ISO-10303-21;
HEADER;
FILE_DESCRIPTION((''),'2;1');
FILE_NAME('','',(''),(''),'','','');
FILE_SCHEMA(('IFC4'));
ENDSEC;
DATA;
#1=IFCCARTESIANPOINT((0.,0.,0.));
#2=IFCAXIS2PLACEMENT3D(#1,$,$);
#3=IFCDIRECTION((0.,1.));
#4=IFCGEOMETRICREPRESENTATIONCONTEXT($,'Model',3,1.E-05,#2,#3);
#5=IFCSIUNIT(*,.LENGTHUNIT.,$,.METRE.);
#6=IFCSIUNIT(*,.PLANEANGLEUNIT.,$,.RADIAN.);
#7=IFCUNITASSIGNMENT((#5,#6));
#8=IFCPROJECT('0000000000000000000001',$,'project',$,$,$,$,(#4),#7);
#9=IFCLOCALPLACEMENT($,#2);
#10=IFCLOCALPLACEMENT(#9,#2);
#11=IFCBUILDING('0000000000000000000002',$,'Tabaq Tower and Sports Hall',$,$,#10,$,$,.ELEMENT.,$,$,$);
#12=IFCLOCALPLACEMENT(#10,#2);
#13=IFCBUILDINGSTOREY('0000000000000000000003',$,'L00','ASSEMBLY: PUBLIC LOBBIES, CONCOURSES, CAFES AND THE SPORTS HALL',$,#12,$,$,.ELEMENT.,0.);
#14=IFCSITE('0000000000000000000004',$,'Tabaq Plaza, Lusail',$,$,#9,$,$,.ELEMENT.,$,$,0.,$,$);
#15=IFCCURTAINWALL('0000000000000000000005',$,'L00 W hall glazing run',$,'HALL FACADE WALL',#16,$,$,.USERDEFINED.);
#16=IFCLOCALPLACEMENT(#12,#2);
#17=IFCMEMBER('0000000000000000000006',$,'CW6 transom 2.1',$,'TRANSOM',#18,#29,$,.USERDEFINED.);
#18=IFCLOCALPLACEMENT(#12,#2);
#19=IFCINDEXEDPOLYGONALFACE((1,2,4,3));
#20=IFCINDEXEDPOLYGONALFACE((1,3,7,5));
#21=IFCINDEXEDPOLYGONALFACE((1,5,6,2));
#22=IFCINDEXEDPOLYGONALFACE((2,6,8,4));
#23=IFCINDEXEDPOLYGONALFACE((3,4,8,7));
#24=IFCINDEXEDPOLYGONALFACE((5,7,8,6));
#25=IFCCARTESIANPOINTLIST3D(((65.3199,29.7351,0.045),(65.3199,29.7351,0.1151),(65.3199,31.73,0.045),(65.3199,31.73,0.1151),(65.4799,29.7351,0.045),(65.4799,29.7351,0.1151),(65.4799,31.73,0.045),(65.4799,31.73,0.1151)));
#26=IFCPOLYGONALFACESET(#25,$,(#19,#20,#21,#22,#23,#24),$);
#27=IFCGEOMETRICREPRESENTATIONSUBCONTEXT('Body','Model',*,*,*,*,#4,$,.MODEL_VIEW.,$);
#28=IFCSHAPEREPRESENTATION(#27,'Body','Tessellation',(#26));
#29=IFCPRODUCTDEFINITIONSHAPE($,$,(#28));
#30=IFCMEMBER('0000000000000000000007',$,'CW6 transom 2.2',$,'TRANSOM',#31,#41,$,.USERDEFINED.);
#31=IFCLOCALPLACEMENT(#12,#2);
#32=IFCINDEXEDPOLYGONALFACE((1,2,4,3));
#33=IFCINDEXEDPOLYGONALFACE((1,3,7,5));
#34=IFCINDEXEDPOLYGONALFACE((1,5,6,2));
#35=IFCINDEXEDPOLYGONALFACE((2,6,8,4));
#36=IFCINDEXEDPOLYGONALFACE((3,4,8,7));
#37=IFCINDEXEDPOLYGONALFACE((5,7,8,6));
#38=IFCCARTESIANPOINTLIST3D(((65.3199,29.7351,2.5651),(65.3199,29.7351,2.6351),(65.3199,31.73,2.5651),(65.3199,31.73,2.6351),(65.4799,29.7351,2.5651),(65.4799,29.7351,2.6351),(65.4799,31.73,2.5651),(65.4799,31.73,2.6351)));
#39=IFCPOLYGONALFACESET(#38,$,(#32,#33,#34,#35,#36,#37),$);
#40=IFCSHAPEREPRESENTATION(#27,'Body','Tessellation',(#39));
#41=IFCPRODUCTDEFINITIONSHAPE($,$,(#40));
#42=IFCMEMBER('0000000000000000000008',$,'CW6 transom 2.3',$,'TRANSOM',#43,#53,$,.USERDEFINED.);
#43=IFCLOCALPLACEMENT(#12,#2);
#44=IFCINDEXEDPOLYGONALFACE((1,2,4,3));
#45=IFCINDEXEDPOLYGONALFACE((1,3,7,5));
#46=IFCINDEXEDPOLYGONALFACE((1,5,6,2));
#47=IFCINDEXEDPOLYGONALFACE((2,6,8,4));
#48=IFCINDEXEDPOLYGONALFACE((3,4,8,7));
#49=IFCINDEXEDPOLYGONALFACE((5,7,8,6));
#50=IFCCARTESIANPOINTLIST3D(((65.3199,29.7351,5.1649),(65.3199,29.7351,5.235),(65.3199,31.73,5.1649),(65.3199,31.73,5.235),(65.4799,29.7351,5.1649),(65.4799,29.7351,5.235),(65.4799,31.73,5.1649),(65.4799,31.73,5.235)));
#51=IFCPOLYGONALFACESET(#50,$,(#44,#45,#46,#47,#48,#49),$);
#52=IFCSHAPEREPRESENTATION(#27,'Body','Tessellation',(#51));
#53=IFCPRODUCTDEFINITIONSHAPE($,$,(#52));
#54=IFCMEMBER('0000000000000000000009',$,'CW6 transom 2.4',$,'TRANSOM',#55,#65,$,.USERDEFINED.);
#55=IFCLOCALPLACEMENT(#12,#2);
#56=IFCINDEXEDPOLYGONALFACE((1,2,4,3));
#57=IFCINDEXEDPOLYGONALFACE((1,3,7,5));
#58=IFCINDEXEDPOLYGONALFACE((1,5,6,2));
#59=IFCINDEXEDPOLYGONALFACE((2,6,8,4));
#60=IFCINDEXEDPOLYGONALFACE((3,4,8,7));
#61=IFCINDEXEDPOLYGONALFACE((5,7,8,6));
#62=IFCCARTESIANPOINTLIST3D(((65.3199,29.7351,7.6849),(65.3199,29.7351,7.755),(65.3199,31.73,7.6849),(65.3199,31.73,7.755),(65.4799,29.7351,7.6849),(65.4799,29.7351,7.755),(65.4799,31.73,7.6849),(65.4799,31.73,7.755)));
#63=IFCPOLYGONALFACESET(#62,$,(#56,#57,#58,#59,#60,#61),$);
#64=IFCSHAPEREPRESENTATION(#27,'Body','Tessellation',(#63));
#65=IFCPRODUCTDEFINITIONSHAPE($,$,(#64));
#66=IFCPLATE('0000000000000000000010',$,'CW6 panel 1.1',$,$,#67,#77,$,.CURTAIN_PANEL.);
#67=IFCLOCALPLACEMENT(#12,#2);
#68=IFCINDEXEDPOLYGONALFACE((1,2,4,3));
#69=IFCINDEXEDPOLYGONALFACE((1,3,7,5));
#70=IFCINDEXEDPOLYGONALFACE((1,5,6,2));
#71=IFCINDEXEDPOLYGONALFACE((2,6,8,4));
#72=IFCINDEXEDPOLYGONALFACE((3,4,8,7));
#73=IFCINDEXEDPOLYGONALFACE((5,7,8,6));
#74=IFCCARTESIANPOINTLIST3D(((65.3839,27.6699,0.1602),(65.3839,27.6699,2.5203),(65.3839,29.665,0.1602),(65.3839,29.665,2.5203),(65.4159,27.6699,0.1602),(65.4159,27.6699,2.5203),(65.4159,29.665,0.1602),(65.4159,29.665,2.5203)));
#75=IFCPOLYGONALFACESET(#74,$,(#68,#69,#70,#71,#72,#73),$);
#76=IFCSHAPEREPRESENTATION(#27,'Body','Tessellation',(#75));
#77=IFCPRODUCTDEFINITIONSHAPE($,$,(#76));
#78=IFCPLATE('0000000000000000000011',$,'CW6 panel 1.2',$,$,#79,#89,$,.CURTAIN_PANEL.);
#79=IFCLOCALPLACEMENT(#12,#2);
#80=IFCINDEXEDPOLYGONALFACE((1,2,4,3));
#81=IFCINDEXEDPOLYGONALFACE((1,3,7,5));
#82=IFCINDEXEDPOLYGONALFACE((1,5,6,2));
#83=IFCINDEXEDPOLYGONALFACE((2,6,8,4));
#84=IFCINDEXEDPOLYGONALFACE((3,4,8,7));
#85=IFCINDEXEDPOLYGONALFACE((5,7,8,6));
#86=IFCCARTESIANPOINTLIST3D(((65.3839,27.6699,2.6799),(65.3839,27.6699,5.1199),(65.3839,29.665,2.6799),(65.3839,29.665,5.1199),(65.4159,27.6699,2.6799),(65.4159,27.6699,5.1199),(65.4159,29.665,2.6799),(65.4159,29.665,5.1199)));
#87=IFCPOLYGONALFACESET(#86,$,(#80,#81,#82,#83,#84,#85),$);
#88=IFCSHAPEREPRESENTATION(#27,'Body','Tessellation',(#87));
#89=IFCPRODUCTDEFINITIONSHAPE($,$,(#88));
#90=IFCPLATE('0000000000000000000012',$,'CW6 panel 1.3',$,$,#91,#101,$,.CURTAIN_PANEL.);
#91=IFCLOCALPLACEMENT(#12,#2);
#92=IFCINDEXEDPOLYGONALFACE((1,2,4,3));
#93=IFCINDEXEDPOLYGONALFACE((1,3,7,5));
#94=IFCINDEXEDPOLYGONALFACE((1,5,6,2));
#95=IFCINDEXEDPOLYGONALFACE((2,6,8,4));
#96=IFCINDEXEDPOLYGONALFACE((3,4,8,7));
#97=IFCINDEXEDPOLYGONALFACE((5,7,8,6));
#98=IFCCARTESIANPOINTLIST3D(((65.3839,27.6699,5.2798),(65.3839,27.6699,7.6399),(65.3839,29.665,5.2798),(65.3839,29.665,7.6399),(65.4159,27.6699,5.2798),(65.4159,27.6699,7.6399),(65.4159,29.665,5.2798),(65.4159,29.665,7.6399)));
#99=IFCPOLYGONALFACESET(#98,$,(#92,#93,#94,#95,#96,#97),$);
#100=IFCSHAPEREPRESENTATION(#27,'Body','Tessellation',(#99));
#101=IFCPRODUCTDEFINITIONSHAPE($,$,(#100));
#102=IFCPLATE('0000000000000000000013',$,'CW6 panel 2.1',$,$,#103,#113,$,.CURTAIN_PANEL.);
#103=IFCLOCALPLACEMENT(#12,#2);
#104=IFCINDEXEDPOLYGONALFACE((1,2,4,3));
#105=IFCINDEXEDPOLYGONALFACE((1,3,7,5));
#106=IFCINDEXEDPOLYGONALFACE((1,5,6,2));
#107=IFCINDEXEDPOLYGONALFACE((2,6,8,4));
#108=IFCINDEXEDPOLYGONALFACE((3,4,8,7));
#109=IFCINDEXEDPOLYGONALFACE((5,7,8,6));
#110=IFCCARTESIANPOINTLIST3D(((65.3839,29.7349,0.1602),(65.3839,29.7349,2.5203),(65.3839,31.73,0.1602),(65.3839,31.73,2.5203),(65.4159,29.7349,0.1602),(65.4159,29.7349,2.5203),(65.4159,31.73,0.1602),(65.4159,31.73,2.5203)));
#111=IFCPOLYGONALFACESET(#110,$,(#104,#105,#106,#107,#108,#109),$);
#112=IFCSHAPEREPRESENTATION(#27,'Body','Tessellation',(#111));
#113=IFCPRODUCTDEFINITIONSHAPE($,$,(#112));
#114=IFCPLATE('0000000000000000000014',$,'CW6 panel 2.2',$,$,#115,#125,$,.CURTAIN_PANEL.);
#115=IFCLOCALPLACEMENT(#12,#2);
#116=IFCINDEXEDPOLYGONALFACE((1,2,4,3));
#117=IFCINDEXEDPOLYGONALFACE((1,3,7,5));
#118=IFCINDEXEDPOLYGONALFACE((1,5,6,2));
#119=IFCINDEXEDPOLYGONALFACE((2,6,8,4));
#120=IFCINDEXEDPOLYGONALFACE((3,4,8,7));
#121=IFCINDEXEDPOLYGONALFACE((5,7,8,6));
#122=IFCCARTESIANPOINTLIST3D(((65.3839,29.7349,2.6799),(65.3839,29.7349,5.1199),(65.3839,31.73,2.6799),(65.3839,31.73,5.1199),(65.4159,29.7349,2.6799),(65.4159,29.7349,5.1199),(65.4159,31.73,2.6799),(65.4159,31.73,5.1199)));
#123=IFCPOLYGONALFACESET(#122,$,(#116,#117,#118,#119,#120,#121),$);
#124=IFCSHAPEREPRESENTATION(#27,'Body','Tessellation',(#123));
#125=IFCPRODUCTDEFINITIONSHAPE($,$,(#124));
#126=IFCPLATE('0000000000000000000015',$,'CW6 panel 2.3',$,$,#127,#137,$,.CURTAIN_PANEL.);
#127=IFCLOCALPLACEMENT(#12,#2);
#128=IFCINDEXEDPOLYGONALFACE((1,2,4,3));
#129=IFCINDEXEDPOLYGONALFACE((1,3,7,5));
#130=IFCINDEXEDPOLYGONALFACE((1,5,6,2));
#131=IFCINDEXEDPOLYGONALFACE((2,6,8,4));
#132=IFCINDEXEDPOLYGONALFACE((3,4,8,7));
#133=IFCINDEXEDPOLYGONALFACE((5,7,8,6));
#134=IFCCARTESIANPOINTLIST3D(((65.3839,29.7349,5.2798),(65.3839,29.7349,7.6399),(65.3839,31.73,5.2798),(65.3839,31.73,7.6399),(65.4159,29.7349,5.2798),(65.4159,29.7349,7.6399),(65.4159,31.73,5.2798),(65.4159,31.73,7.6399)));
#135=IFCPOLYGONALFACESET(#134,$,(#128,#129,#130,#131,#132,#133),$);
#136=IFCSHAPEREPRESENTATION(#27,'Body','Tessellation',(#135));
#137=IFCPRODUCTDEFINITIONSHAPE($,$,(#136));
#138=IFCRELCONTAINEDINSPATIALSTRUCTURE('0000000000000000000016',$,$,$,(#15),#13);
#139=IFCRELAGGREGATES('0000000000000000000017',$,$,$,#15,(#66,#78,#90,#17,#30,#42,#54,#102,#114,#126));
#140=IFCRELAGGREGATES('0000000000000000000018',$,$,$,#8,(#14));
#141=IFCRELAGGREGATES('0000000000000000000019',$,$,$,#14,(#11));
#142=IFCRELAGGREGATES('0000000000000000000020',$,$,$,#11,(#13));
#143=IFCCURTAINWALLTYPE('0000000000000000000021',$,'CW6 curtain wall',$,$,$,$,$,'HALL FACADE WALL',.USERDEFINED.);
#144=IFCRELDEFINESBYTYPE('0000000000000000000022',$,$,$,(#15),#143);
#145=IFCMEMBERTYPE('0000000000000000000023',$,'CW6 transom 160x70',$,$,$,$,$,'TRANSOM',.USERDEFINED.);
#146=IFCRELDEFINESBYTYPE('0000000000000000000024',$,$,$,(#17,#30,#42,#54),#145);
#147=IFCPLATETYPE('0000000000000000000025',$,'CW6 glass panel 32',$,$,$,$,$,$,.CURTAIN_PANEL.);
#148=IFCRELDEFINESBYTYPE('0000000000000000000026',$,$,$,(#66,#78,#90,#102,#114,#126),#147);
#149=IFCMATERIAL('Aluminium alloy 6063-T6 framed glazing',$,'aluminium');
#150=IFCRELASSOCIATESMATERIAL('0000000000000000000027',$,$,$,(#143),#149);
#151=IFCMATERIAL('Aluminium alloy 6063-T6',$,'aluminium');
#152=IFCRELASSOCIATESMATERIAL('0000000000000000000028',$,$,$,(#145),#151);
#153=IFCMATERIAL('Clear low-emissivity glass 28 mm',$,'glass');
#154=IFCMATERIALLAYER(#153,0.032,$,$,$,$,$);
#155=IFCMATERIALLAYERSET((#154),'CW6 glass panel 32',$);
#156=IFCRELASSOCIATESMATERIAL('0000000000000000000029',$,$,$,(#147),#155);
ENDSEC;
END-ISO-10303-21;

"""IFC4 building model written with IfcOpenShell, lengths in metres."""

from ifc_helpers import new_model, si_unit, direction, frame, origin, origin_2d, place, context, subcontext, project, spatial, rectangle, extrude, material, layer, layer_set, material_profile, profile_set, type_object, element, aggregate, save


model = new_model("IFC4")

# Units and contexts
model_context = context("Model", 3, precision=1e-05, world=origin(), true_north=direction((0.0, 1.0)))
body_context = subcontext(model_context, "Body", "Model", "MODEL_VIEW")
ifc_project = project(units=[si_unit("LENGTHUNIT", "METRE"), si_unit("PLANEANGLEUNIT", "RADIAN")], contexts=[model_context])

# Site, building, storey
site_placement = place(None, origin())
site = spatial("IfcSite", under=ifc_project, at=site_placement, Name="Tabaq Plaza, Lusail", CompositionType="ELEMENT", RefElevation=0.0)
building_placement = place(site_placement, origin())
building = spatial("IfcBuilding", under=site, at=building_placement, Name="Tabaq Tower and Sports Hall", CompositionType="ELEMENT")
storey_placement = place(building_placement, origin())
storey = spatial("IfcBuildingStorey", under=building, at=storey_placement, Name="L00", Description="ASSEMBLY: PUBLIC LOBBIES, CONCOURSES, CAFES AND THE SPORTS HALL", CompositionType="ELEMENT", Elevation=0.0)

# Curtain wall, members, plates
ifc_material_1 = material(Name="Aluminium alloy 6063-T6 framed glazing", Category="aluminium")
curtain_wall_type = type_object("IfcCurtainWallType", Name="CW6 curtain wall", ElementType="HALL FACADE WALL", PredefinedType="USERDEFINED", material=ifc_material_1)
curtain_wall_placement = place(storey_placement, origin())
curtain_wall = element("IfcCurtainWall", 1, at=curtain_wall_placement, inside=storey, type_object=curtain_wall_type, Name="L00 W hall glazing run", ObjectType="HALL FACADE WALL", PredefinedType="USERDEFINED")
ifc_material_2 = material(Name="Aluminium alloy 6063-T6", Category="aluminium")
ifc_material_profile_1 = material_profile(ifc_material_2, rectangle(XDim=0.1599, YDim=0.0701, at=origin_2d()), Name="TRANSOM 160x70")
ifc_profile_set_1 = profile_set([ifc_material_profile_1], Name="Aluminium alloy 6063-T6")
member_type_1 = type_object("IfcMemberType", Name="CW6 transom 160x70", ElementType="TRANSOM", PredefinedType="USERDEFINED", material=ifc_profile_set_1)
member_1_placement = place(storey_placement, frame((65.3999, 29.7351, 0.0801), z_axis=(0.0, 1.0, 0.0), x_axis=(-1.0, 0.0, 0.0)))
member_1 = element("IfcMember", 2, at=member_1_placement, type_object=member_type_1, Name="CW6 transom 2.1", ObjectType="TRANSOM", PredefinedType="USERDEFINED", context=body_context, shape_type="SweptSolid", body=[
    extrude(rectangle(XDim=0.1599, YDim=0.0701, at=origin_2d()), origin(), (0.0, 0.0, 1.0), 1.9949),
])
member_2_placement = place(storey_placement, frame((65.3999, 29.7351, 2.6001), z_axis=(0.0, 1.0, 0.0), x_axis=(-1.0, 0.0, 0.0)))
member_2 = element("IfcMember", 3, at=member_2_placement, type_object=member_type_1, Name="CW6 transom 2.2", ObjectType="TRANSOM", PredefinedType="USERDEFINED", context=body_context, shape_type="SweptSolid", body=[
    extrude(rectangle(XDim=0.1599, YDim=0.0701, at=origin_2d()), origin(), (0.0, 0.0, 1.0), 1.9949),
])
member_3_placement = place(storey_placement, frame((65.3999, 29.7351, 5.2), z_axis=(0.0, 1.0, 0.0), x_axis=(-1.0, 0.0, 0.0)))
member_3 = element("IfcMember", 4, at=member_3_placement, type_object=member_type_1, Name="CW6 transom 2.3", ObjectType="TRANSOM", PredefinedType="USERDEFINED", context=body_context, shape_type="SweptSolid", body=[
    extrude(rectangle(XDim=0.1599, YDim=0.0701, at=origin_2d()), origin(), (0.0, 0.0, 1.0), 1.9949),
])
member_4_placement = place(storey_placement, frame((65.3999, 29.7351, 7.72), z_axis=(0.0, 1.0, 0.0), x_axis=(-1.0, 0.0, 0.0)))
member_4 = element("IfcMember", 5, at=member_4_placement, type_object=member_type_1, Name="CW6 transom 2.4", ObjectType="TRANSOM", PredefinedType="USERDEFINED", context=body_context, shape_type="SweptSolid", body=[
    extrude(rectangle(XDim=0.1599, YDim=0.0701, at=origin_2d()), origin(), (0.0, 0.0, 1.0), 1.9949),
])
ifc_material_3 = material(Name="Clear low-emissivity glass 28 mm", Category="glass")
ifc_layer_1 = layer(ifc_material_3, 0.032)
ifc_layer_set_1 = layer_set([ifc_layer_1], Name="CW6 glass panel 32")
plate_type = type_object("IfcPlateType", Name="CW6 glass panel 32", PredefinedType="CURTAIN_PANEL", material=ifc_layer_set_1)
plate_1_placement = place(storey_placement, frame((65.3999, 28.6675, 0.1602), z_axis=(0.0, 0.0, 1.0), x_axis=(0.0, 1.0, 0.0)))
plate_1 = element("IfcPlate", 6, at=plate_1_placement, type_object=plate_type, Name="CW6 panel 1.1", PredefinedType="CURTAIN_PANEL", context=body_context, shape_type="SweptSolid", body=[
    extrude(rectangle(XDim=1.9951, YDim=0.032, at=origin_2d()), origin(), (0.0, 0.0, 1.0), 2.3601),
])
plate_2_placement = place(storey_placement, frame((65.3999, 28.6675, 2.6799), z_axis=(0.0, 0.0, 1.0), x_axis=(0.0, 1.0, 0.0)))
plate_2 = element("IfcPlate", 7, at=plate_2_placement, type_object=plate_type, Name="CW6 panel 1.2", PredefinedType="CURTAIN_PANEL", context=body_context, shape_type="SweptSolid", body=[
    extrude(rectangle(XDim=1.9951, YDim=0.032, at=origin_2d()), origin(), (0.0, 0.0, 1.0), 2.4399),
])
plate_3_placement = place(storey_placement, frame((65.3999, 28.6675, 5.2798), z_axis=(0.0, 0.0, 1.0), x_axis=(0.0, 1.0, 0.0)))
plate_3 = element("IfcPlate", 8, at=plate_3_placement, type_object=plate_type, Name="CW6 panel 1.3", PredefinedType="CURTAIN_PANEL", context=body_context, shape_type="SweptSolid", body=[
    extrude(rectangle(XDim=1.9951, YDim=0.032, at=origin_2d()), origin(), (0.0, 0.0, 1.0), 2.3601),
])
plate_4_placement = place(storey_placement, frame((65.3999, 30.7324, 0.1602), z_axis=(0.0, 0.0, 1.0), x_axis=(0.0, 1.0, 0.0)))
plate_4 = element("IfcPlate", 9, at=plate_4_placement, type_object=plate_type, Name="CW6 panel 2.1", PredefinedType="CURTAIN_PANEL", context=body_context, shape_type="SweptSolid", body=[
    extrude(rectangle(XDim=1.9951, YDim=0.032, at=origin_2d()), origin(), (0.0, 0.0, 1.0), 2.3601),
])
plate_5_placement = place(storey_placement, frame((65.3999, 30.7324, 2.6799), z_axis=(0.0, 0.0, 1.0), x_axis=(0.0, 1.0, 0.0)))
plate_5 = element("IfcPlate", 10, at=plate_5_placement, type_object=plate_type, Name="CW6 panel 2.2", PredefinedType="CURTAIN_PANEL", context=body_context, shape_type="SweptSolid", body=[
    extrude(rectangle(XDim=1.9951, YDim=0.032, at=origin_2d()), origin(), (0.0, 0.0, 1.0), 2.4399),
])
plate_6_placement = place(storey_placement, frame((65.3999, 30.7324, 5.2798), z_axis=(0.0, 0.0, 1.0), x_axis=(0.0, 1.0, 0.0)))
plate_6 = element("IfcPlate", 11, at=plate_6_placement, type_object=plate_type, Name="CW6 panel 2.3", PredefinedType="CURTAIN_PANEL", context=body_context, shape_type="SweptSolid", body=[
    extrude(rectangle(XDim=1.9951, YDim=0.032, at=origin_2d()), origin(), (0.0, 0.0, 1.0), 2.3601),
])
aggregate(curtain_wall, [plate_1, plate_2, plate_3, member_1, member_2, member_3, member_4, plate_4, plate_5, plate_6])

save(model, "model.ifc")
